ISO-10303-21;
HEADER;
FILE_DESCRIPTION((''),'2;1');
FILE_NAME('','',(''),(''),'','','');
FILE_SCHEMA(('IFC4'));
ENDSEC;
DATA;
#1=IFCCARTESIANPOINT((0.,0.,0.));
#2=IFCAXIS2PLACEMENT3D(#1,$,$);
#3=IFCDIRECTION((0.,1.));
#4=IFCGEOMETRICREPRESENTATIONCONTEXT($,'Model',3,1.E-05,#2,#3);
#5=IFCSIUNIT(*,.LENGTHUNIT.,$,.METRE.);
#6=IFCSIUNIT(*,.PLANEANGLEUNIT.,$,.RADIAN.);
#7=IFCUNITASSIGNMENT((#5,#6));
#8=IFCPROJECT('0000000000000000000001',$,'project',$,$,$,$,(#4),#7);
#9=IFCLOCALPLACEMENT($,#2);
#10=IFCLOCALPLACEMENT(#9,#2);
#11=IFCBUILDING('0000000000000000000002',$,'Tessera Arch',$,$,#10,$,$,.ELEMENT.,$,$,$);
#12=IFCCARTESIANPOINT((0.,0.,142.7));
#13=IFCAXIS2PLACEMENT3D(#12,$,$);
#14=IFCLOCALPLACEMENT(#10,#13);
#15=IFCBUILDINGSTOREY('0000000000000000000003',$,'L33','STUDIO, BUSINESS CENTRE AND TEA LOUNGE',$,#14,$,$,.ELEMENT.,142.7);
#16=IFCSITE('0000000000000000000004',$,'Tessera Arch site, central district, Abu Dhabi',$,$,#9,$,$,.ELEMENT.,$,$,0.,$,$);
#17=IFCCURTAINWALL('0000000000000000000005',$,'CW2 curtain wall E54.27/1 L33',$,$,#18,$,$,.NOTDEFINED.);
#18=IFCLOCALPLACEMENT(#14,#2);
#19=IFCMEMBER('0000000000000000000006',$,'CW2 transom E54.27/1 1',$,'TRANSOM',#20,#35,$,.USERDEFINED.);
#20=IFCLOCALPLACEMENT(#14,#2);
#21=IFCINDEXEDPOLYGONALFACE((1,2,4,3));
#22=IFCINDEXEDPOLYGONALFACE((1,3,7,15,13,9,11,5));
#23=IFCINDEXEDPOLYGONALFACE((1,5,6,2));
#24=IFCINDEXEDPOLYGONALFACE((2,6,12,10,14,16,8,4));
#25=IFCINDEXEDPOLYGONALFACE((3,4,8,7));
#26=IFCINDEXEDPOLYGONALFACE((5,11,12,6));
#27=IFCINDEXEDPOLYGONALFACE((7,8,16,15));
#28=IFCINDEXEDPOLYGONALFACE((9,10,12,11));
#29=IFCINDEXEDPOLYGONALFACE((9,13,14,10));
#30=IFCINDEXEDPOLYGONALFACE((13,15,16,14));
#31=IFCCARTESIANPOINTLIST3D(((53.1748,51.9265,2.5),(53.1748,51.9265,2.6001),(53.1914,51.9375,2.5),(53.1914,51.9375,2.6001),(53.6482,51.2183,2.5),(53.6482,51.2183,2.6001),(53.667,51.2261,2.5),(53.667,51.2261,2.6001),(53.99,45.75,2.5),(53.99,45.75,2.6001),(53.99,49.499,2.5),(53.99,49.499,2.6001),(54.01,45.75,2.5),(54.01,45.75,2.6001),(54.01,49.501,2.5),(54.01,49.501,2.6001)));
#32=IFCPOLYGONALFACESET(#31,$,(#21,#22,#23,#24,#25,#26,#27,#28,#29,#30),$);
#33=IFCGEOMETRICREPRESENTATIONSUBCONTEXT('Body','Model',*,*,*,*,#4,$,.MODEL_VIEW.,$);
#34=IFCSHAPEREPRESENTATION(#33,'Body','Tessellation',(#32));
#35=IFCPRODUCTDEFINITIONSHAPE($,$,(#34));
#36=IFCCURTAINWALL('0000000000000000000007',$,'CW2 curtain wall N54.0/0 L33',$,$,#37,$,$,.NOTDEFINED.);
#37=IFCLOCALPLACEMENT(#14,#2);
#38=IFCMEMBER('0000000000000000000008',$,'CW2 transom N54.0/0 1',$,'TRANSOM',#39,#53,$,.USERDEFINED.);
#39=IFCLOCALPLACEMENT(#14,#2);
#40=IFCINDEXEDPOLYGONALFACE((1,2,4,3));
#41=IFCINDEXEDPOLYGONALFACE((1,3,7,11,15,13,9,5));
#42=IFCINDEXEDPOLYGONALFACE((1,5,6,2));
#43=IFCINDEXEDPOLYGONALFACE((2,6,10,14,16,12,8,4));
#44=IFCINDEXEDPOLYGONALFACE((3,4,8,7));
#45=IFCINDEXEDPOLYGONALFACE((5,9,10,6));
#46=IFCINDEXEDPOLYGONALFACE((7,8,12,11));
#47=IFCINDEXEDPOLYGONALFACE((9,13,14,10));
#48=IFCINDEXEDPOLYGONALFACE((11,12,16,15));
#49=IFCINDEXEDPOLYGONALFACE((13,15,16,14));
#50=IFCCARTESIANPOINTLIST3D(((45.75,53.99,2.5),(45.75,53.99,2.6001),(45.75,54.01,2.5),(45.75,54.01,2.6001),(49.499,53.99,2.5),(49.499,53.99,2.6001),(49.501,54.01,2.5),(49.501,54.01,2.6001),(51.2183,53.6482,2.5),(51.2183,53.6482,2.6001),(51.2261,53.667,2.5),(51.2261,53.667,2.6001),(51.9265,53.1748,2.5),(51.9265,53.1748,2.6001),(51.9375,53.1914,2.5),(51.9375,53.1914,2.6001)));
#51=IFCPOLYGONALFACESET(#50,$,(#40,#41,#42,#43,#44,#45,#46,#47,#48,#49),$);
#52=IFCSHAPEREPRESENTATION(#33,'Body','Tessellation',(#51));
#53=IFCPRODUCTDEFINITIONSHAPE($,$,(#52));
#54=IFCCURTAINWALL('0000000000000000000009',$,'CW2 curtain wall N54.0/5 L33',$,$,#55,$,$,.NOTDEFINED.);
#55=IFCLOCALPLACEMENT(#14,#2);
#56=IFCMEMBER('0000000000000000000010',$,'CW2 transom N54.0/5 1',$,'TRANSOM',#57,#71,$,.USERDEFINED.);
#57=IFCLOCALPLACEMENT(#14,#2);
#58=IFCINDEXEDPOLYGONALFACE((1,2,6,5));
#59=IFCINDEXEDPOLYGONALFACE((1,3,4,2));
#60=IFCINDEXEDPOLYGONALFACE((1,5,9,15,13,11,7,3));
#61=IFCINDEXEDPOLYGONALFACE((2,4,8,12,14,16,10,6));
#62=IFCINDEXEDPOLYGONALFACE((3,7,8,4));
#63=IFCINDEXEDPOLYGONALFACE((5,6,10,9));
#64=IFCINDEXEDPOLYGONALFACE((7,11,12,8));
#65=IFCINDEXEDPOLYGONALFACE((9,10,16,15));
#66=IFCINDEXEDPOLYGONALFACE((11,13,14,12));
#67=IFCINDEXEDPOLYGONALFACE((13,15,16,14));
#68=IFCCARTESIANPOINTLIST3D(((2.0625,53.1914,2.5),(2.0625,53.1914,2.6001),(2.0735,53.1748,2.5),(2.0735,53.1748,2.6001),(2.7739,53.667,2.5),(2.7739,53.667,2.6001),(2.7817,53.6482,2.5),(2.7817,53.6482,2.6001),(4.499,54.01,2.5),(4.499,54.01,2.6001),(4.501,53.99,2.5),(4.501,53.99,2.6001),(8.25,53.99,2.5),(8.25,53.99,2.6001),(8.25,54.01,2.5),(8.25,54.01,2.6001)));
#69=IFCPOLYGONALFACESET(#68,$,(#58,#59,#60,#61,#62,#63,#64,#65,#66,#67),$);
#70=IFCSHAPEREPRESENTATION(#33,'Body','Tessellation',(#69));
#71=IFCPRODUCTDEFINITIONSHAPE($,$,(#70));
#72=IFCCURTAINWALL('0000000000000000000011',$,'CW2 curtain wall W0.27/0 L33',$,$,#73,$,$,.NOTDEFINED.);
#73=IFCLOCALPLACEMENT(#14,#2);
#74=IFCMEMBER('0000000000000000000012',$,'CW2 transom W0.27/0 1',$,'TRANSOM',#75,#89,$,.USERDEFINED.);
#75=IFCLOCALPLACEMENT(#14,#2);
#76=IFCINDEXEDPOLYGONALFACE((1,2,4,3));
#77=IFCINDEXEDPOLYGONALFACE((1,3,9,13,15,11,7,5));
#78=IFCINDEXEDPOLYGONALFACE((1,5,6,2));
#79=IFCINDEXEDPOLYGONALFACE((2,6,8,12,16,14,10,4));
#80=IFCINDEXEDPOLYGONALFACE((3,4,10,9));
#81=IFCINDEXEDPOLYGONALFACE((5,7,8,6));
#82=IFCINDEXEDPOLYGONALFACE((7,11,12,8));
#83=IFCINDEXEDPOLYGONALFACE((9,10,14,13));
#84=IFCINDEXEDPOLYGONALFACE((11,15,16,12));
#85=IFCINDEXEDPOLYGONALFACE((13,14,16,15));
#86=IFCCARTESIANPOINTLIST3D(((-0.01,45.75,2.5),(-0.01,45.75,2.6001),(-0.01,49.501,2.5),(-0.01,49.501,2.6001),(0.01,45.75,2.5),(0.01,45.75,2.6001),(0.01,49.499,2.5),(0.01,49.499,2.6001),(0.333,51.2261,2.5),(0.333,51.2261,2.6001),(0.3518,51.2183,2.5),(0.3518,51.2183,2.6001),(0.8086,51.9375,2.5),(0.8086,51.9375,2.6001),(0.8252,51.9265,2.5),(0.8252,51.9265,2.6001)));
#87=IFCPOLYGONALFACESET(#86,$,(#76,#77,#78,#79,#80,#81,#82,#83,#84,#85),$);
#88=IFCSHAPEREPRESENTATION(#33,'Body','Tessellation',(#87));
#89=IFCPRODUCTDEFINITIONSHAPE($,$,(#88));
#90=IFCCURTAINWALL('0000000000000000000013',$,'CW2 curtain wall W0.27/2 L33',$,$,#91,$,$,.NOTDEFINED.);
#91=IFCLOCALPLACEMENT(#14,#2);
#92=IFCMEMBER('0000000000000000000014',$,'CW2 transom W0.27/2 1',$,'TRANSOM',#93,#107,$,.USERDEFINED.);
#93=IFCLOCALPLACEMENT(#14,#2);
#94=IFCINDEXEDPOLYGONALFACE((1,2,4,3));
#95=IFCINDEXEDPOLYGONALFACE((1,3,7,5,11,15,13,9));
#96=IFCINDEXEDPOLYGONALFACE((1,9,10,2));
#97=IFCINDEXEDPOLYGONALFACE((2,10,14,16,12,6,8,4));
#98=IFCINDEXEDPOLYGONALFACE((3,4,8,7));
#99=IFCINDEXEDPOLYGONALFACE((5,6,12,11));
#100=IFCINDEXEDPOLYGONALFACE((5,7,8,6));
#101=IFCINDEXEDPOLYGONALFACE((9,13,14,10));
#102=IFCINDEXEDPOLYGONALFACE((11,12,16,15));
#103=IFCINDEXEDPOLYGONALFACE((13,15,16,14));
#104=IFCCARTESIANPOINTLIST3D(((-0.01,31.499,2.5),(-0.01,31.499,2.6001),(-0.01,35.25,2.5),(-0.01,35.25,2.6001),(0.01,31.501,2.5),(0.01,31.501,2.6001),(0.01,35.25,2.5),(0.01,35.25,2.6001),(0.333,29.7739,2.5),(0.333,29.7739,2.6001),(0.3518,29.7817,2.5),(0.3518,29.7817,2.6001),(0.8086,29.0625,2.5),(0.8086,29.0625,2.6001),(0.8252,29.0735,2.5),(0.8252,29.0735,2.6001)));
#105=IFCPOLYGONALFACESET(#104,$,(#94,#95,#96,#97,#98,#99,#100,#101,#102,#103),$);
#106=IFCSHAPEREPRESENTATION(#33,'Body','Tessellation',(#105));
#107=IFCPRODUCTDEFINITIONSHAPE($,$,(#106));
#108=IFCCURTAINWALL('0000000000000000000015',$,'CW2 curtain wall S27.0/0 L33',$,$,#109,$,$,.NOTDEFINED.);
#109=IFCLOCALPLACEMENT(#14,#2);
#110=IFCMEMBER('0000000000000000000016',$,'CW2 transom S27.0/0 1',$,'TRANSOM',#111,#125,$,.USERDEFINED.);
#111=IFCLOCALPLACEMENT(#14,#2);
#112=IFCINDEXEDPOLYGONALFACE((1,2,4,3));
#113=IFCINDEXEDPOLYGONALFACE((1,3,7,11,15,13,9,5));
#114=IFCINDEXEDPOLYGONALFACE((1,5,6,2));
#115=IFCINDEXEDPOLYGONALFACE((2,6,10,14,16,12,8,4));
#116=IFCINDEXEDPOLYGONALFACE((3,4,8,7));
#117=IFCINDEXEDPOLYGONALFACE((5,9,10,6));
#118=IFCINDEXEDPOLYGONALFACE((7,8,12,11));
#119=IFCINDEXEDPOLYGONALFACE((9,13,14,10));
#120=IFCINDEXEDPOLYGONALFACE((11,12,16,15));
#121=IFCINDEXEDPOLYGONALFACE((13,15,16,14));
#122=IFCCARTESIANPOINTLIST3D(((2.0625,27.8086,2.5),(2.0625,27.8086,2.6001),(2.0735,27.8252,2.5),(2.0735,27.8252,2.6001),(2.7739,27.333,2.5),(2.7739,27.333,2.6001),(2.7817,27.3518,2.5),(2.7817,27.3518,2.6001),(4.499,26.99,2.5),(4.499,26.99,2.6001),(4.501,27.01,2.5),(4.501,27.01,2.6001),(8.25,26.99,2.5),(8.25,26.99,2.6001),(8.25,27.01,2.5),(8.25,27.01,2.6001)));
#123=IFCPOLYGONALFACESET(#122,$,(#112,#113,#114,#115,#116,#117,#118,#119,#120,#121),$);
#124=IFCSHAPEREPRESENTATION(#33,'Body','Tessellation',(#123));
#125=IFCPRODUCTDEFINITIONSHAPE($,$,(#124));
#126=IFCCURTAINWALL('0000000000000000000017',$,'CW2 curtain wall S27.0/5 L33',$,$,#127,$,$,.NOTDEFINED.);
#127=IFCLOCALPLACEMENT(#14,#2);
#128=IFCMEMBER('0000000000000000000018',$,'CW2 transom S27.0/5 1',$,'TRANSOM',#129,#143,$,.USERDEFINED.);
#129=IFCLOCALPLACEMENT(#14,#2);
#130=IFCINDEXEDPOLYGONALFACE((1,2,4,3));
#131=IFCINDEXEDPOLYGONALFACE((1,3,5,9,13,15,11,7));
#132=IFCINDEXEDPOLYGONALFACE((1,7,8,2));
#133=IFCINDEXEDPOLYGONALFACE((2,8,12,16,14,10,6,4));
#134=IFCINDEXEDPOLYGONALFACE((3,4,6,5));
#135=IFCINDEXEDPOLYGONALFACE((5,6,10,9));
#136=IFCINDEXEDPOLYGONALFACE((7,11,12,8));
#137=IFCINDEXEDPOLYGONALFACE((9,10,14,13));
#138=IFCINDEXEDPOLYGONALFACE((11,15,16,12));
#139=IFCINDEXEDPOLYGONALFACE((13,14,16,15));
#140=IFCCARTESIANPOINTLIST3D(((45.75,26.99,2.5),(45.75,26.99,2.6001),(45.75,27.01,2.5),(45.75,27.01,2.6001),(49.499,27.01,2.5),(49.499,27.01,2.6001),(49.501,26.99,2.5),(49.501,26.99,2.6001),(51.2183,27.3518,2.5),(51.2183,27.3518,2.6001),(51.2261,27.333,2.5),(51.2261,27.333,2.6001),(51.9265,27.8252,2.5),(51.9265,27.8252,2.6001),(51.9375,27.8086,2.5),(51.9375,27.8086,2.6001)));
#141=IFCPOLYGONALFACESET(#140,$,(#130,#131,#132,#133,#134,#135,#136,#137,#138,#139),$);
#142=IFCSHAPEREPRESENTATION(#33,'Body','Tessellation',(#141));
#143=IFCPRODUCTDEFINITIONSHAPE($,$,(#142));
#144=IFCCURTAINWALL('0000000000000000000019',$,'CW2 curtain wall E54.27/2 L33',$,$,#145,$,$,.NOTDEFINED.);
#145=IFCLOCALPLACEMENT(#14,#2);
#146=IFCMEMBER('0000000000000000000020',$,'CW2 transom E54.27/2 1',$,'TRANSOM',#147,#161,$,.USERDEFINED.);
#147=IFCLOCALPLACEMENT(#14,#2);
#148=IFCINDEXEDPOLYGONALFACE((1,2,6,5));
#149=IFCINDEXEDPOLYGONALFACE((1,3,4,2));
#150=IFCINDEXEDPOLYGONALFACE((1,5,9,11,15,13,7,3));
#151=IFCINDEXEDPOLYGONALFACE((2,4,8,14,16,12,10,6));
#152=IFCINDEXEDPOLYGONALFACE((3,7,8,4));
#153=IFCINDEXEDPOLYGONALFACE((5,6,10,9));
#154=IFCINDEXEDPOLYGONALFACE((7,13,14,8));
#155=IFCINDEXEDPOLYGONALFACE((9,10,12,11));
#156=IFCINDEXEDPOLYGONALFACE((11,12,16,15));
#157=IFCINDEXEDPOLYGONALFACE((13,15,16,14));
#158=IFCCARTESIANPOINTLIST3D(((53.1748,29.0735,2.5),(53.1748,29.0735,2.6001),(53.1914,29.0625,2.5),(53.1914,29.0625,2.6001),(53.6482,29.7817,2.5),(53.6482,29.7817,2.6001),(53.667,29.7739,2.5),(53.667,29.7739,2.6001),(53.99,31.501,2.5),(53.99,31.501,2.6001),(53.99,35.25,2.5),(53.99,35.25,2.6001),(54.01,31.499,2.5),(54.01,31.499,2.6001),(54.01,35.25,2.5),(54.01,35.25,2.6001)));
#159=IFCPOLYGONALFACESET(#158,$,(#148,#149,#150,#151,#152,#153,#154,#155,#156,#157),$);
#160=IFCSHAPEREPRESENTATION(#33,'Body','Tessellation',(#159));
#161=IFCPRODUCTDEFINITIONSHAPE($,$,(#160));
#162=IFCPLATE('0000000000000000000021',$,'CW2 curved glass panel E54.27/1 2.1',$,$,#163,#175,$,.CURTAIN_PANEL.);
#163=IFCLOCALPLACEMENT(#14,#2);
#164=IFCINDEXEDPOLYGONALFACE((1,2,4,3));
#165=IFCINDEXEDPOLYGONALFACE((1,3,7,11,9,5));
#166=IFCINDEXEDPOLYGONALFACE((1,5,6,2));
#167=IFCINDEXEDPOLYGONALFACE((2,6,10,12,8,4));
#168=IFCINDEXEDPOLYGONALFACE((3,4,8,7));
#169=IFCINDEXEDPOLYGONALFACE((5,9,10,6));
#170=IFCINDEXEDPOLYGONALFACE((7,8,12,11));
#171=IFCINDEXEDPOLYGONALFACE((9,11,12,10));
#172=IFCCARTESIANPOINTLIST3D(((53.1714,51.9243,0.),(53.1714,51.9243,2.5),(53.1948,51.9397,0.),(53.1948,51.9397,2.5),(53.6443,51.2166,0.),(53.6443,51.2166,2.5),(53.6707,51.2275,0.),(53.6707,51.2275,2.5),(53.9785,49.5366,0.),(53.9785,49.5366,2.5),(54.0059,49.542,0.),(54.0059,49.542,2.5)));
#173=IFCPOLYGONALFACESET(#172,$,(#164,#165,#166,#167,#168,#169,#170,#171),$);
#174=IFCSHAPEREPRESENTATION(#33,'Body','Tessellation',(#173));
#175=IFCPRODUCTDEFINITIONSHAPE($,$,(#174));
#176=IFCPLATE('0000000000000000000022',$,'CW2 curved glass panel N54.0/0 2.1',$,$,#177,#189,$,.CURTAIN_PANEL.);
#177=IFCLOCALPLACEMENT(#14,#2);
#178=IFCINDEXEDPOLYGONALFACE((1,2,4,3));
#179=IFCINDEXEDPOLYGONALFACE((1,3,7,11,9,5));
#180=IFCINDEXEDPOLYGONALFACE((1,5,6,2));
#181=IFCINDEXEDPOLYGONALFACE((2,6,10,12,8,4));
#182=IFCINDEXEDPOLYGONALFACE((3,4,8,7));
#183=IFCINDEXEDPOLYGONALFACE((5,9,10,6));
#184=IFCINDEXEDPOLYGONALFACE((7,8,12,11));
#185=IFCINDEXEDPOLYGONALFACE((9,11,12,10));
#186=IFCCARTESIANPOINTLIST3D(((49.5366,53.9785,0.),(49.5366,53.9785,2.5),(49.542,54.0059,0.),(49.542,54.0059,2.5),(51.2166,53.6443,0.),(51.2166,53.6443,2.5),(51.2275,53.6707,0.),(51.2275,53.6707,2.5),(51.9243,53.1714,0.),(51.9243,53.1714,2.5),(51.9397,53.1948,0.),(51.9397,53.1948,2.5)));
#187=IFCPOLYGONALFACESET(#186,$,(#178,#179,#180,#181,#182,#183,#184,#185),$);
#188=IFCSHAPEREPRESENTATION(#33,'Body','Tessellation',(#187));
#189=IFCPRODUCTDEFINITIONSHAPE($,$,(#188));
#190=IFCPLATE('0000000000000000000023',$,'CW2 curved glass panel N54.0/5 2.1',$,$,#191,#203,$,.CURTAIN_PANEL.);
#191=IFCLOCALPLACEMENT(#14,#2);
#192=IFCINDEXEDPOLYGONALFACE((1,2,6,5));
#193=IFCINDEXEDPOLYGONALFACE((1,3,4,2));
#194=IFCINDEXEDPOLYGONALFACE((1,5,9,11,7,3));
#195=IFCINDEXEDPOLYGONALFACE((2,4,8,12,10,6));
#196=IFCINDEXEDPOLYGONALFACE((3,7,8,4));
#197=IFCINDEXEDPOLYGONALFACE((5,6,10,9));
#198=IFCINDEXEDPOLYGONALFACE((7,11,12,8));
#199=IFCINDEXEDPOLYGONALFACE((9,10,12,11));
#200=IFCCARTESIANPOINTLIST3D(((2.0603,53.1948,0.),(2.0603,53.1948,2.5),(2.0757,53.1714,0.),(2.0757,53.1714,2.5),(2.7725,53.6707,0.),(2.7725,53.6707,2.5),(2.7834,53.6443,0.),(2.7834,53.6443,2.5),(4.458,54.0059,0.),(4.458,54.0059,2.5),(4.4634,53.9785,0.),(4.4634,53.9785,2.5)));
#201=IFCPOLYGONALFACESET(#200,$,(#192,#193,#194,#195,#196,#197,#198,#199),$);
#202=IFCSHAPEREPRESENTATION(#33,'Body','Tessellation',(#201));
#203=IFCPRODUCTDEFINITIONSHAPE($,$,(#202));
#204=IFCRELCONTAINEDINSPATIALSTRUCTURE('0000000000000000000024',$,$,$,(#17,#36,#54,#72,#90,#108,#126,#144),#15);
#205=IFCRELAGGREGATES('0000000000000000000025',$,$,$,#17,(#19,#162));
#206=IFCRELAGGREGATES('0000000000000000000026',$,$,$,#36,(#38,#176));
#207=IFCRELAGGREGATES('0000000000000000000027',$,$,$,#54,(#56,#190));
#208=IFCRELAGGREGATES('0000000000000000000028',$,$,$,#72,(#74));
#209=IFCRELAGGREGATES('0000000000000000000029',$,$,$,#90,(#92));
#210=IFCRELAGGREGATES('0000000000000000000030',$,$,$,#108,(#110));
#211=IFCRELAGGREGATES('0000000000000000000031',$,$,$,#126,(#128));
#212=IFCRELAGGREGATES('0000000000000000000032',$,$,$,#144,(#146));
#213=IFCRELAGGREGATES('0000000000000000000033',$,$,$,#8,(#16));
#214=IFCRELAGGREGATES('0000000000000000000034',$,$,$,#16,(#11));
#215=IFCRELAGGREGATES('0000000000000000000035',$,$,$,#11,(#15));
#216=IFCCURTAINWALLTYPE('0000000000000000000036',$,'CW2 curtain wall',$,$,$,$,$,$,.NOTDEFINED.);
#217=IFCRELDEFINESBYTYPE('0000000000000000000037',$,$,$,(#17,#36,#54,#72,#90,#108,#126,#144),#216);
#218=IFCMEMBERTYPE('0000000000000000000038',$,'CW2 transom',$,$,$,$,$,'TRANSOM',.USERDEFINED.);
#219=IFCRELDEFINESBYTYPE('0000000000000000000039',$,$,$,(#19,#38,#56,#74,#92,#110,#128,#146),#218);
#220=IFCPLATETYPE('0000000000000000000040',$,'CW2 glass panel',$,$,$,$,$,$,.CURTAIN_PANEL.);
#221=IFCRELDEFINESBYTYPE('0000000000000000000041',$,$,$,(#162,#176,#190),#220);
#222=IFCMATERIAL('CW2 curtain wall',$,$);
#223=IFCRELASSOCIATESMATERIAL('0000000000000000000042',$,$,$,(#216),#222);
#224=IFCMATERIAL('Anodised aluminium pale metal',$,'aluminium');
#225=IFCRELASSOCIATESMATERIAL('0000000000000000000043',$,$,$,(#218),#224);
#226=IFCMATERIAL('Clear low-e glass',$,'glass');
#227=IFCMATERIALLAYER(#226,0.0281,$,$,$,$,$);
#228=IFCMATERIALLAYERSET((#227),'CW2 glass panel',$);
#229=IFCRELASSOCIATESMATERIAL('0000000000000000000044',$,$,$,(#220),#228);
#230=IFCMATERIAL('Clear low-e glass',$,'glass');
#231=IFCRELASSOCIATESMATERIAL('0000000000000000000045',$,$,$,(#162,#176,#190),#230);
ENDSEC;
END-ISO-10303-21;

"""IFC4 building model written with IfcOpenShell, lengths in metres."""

from ifc_helpers import new_model, si_unit, direction, frame, origin, origin_2d, place, context, subcontext, project, spatial, polyline, rectangle, outline, extrude, material, layer, layer_set, material_profile, profile_set, type_object, element, aggregate, save


model = new_model("IFC4")

# Units and contexts
model_context = context("Model", 3, precision=1e-05, world=origin(), true_north=direction((0.0, 1.0)))
body_context = subcontext(model_context, "Body", "Model", "MODEL_VIEW")
ifc_project = project(units=[si_unit("LENGTHUNIT", "METRE"), si_unit("PLANEANGLEUNIT", "RADIAN")], contexts=[model_context])

# Site, building, storey
site_placement = place(None, origin())
site = spatial("IfcSite", under=ifc_project, at=site_placement, Name="Tessera Arch site, central district, Abu Dhabi", CompositionType="ELEMENT", RefElevation=0.0)
building_placement = place(site_placement, origin())
building = spatial("IfcBuilding", under=site, at=building_placement, Name="Tessera Arch", CompositionType="ELEMENT")
storey_placement = place(building_placement, frame((0.0, 0.0, 142.7)))
storey = spatial("IfcBuildingStorey", under=building, at=storey_placement, Name="L33", Description="STUDIO, BUSINESS CENTRE AND TEA LOUNGE", CompositionType="ELEMENT", Elevation=142.7)

# Curtain walls, members
ifc_material_1 = material(Name="CW2 curtain wall")
curtain_wall_type = type_object("IfcCurtainWallType", Name="CW2 curtain wall", PredefinedType="NOTDEFINED", material=ifc_material_1)
curtain_wall_1_placement = place(storey_placement, origin())
curtain_wall_1 = element("IfcCurtainWall", 1, at=curtain_wall_1_placement, inside=storey, type_object=curtain_wall_type, Name="CW2 curtain wall E54.27/1 L33", PredefinedType="NOTDEFINED")
ifc_material_2 = material(Name="Anodised aluminium pale metal", Category="aluminium")
ifc_material_profile = material_profile(ifc_material_2, rectangle(XDim=0.2, YDim=0.1001, at=origin_2d()), Name="AL 200x100")
ifc_profile_set = profile_set([ifc_material_profile], Name="Anodised aluminium pale metal")
member_type = type_object("IfcMemberType", Name="CW2 transom", ElementType="TRANSOM", PredefinedType="USERDEFINED", material=ifc_profile_set)
member_1_placement = place(storey_placement, frame((0.0, 0.0, 2.5)))
member_1 = element("IfcMember", 2, at=member_1_placement, type_object=member_type, Name="CW2 transom E54.27/1 1", ObjectType="TRANSOM", PredefinedType="USERDEFINED", context=body_context, shape_type="SweptSolid", body=[
    extrude(outline(polyline([(53.99, 49.499), (53.99, 45.75), (54.01, 45.75), (54.01, 49.501), (53.667, 51.2261), (53.1914, 51.9375), (53.1748, 51.9265), (53.6482, 51.2183), (53.99, 49.499)])), origin(), (0.0, 0.0, 1.0), 0.1001),
])
curtain_wall_2_placement = place(storey_placement, origin())
curtain_wall_2 = element("IfcCurtainWall", 3, at=curtain_wall_2_placement, inside=storey, type_object=curtain_wall_type, Name="CW2 curtain wall N54.0/0 L33", PredefinedType="NOTDEFINED")
member_2_placement = place(storey_placement, frame((0.0, 0.0, 2.5)))
member_2 = element("IfcMember", 4, at=member_2_placement, type_object=member_type, Name="CW2 transom N54.0/0 1", ObjectType="TRANSOM", PredefinedType="USERDEFINED", context=body_context, shape_type="SweptSolid", body=[
    extrude(outline(polyline([(51.2183, 53.6482), (51.9265, 53.1748), (51.9375, 53.1914), (51.2261, 53.667), (49.501, 54.01), (45.75, 54.01), (45.75, 53.99), (49.499, 53.99), (51.2183, 53.6482)])), origin(), (0.0, 0.0, 1.0), 0.1001),
])
curtain_wall_3_placement = place(storey_placement, origin())
curtain_wall_3 = element("IfcCurtainWall", 5, at=curtain_wall_3_placement, inside=storey, type_object=curtain_wall_type, Name="CW2 curtain wall N54.0/5 L33", PredefinedType="NOTDEFINED")
member_3_placement = place(storey_placement, frame((0.0, 0.0, 2.5)))
member_3 = element("IfcMember", 6, at=member_3_placement, type_object=member_type, Name="CW2 transom N54.0/5 1", ObjectType="TRANSOM", PredefinedType="USERDEFINED", context=body_context, shape_type="SweptSolid", body=[
    extrude(outline(polyline([(4.501, 53.99), (8.25, 53.99), (8.25, 54.01), (4.499, 54.01), (2.7739, 53.667), (2.0625, 53.1914), (2.0735, 53.1748), (2.7817, 53.6482), (4.501, 53.99)])), origin(), (0.0, 0.0, 1.0), 0.1001),
])
curtain_wall_4_placement = place(storey_placement, origin())
curtain_wall_4 = element("IfcCurtainWall", 7, at=curtain_wall_4_placement, inside=storey, type_object=curtain_wall_type, Name="CW2 curtain wall W0.27/0 L33", PredefinedType="NOTDEFINED")
member_4_placement = place(storey_placement, frame((0.0, 0.0, 2.5)))
member_4 = element("IfcMember", 8, at=member_4_placement, type_object=member_type, Name="CW2 transom W0.27/0 1", ObjectType="TRANSOM", PredefinedType="USERDEFINED", context=body_context, shape_type="SweptSolid", body=[
    extrude(outline(polyline([(0.3518, 51.2183), (0.8252, 51.9265), (0.8086, 51.9375), (0.333, 51.2261), (-0.01, 49.501), (-0.01, 45.75), (0.01, 45.75), (0.01, 49.499), (0.3518, 51.2183)])), origin(), (0.0, 0.0, 1.0), 0.1001),
])
curtain_wall_5_placement = place(storey_placement, origin())
curtain_wall_5 = element("IfcCurtainWall", 9, at=curtain_wall_5_placement, inside=storey, type_object=curtain_wall_type, Name="CW2 curtain wall W0.27/2 L33", PredefinedType="NOTDEFINED")
member_5_placement = place(storey_placement, frame((0.0, 0.0, 2.5)))
member_5 = element("IfcMember", 10, at=member_5_placement, type_object=member_type, Name="CW2 transom W0.27/2 1", ObjectType="TRANSOM", PredefinedType="USERDEFINED", context=body_context, shape_type="SweptSolid", body=[
    extrude(outline(polyline([(0.01, 31.501), (0.01, 35.25), (-0.01, 35.25), (-0.01, 31.499), (0.333, 29.7739), (0.8086, 29.0625), (0.8252, 29.0735), (0.3518, 29.7817), (0.01, 31.501)])), origin(), (0.0, 0.0, 1.0), 0.1001),
])
curtain_wall_6_placement = place(storey_placement, origin())
curtain_wall_6 = element("IfcCurtainWall", 11, at=curtain_wall_6_placement, inside=storey, type_object=curtain_wall_type, Name="CW2 curtain wall S27.0/0 L33", PredefinedType="NOTDEFINED")
member_6_placement = place(storey_placement, frame((0.0, 0.0, 2.5)))
member_6 = element("IfcMember", 12, at=member_6_placement, type_object=member_type, Name="CW2 transom S27.0/0 1", ObjectType="TRANSOM", PredefinedType="USERDEFINED", context=body_context, shape_type="SweptSolid", body=[
    extrude(outline(polyline([(2.7817, 27.3518), (2.0735, 27.8252), (2.0625, 27.8086), (2.7739, 27.333), (4.499, 26.99), (8.25, 26.99), (8.25, 27.01), (4.501, 27.01), (2.7817, 27.3518)])), origin(), (0.0, 0.0, 1.0), 0.1001),
])
curtain_wall_7_placement = place(storey_placement, origin())
curtain_wall_7 = element("IfcCurtainWall", 13, at=curtain_wall_7_placement, inside=storey, type_object=curtain_wall_type, Name="CW2 curtain wall S27.0/5 L33", PredefinedType="NOTDEFINED")
member_7_placement = place(storey_placement, frame((0.0, 0.0, 2.5)))
member_7 = element("IfcMember", 14, at=member_7_placement, type_object=member_type, Name="CW2 transom S27.0/5 1", ObjectType="TRANSOM", PredefinedType="USERDEFINED", context=body_context, shape_type="SweptSolid", body=[
    extrude(outline(polyline([(49.499, 27.01), (45.75, 27.01), (45.75, 26.99), (49.501, 26.99), (51.2261, 27.333), (51.9375, 27.8086), (51.9265, 27.8252), (51.2183, 27.3518), (49.499, 27.01)])), origin(), (0.0, 0.0, 1.0), 0.1001),
])
curtain_wall_8_placement = place(storey_placement, origin())
curtain_wall_8 = element("IfcCurtainWall", 15, at=curtain_wall_8_placement, inside=storey, type_object=curtain_wall_type, Name="CW2 curtain wall E54.27/2 L33", PredefinedType="NOTDEFINED")
member_8_placement = place(storey_placement, frame((0.0, 0.0, 2.5)))
member_8 = element("IfcMember", 16, at=member_8_placement, type_object=member_type, Name="CW2 transom E54.27/2 1", ObjectType="TRANSOM", PredefinedType="USERDEFINED", context=body_context, shape_type="SweptSolid", body=[
    extrude(outline(polyline([(53.6482, 29.7817), (53.1748, 29.0735), (53.1914, 29.0625), (53.667, 29.7739), (54.01, 31.499), (54.01, 35.25), (53.99, 35.25), (53.99, 31.501), (53.6482, 29.7817)])), origin(), (0.0, 0.0, 1.0), 0.1001),
])

# Plates
ifc_material_3 = material(Name="Clear low-e glass", Category="glass")
ifc_material_4 = material(Name="Clear low-e glass", Category="glass")
ifc_layer_1 = layer(ifc_material_4, 0.0281)
ifc_layer_set_1 = layer_set([ifc_layer_1], Name="CW2 glass panel")
plate_type_1 = type_object("IfcPlateType", Name="CW2 glass panel", PredefinedType="CURTAIN_PANEL", material=ifc_layer_set_1)
plate_1_placement = place(storey_placement, origin())
plate_1 = element("IfcPlate", 17, at=plate_1_placement, type_object=plate_type_1, material=ifc_material_3, Name="CW2 curved glass panel E54.27/1 2.1", PredefinedType="CURTAIN_PANEL", context=body_context, shape_type="SweptSolid", body=[
    extrude(outline(polyline([(53.6443, 51.2166), (53.9785, 49.5366), (54.0059, 49.542), (53.6707, 51.2275), (53.1948, 51.9397), (53.1714, 51.9243), (53.6443, 51.2166)])), origin(), (0.0, 0.0, 1.0), 2.5),
])
plate_2_placement = place(storey_placement, origin())
plate_2 = element("IfcPlate", 18, at=plate_2_placement, type_object=plate_type_1, material=ifc_material_3, Name="CW2 curved glass panel N54.0/0 2.1", PredefinedType="CURTAIN_PANEL", context=body_context, shape_type="SweptSolid", body=[
    extrude(outline(polyline([(51.2166, 53.6443), (51.9243, 53.1714), (51.9397, 53.1948), (51.2275, 53.6707), (49.542, 54.0059), (49.5366, 53.9785), (51.2166, 53.6443)])), origin(), (0.0, 0.0, 1.0), 2.5),
])
plate_3_placement = place(storey_placement, origin())
plate_3 = element("IfcPlate", 19, at=plate_3_placement, type_object=plate_type_1, material=ifc_material_3, Name="CW2 curved glass panel N54.0/5 2.1", PredefinedType="CURTAIN_PANEL", context=body_context, shape_type="SweptSolid", body=[
    extrude(outline(polyline([(2.7834, 53.6443), (4.4634, 53.9785), (4.458, 54.0059), (2.7725, 53.6707), (2.0603, 53.1948), (2.0757, 53.1714), (2.7834, 53.6443)])), origin(), (0.0, 0.0, 1.0), 2.5),
])
aggregate(curtain_wall_1, [member_1, plate_1])
aggregate(curtain_wall_2, [member_2, plate_2])
aggregate(curtain_wall_3, [member_3, plate_3])
aggregate(curtain_wall_4, [member_4])
aggregate(curtain_wall_5, [member_5])
aggregate(curtain_wall_6, [member_6])
aggregate(curtain_wall_7, [member_7])
aggregate(curtain_wall_8, [member_8])

save(model, "model.ifc")
